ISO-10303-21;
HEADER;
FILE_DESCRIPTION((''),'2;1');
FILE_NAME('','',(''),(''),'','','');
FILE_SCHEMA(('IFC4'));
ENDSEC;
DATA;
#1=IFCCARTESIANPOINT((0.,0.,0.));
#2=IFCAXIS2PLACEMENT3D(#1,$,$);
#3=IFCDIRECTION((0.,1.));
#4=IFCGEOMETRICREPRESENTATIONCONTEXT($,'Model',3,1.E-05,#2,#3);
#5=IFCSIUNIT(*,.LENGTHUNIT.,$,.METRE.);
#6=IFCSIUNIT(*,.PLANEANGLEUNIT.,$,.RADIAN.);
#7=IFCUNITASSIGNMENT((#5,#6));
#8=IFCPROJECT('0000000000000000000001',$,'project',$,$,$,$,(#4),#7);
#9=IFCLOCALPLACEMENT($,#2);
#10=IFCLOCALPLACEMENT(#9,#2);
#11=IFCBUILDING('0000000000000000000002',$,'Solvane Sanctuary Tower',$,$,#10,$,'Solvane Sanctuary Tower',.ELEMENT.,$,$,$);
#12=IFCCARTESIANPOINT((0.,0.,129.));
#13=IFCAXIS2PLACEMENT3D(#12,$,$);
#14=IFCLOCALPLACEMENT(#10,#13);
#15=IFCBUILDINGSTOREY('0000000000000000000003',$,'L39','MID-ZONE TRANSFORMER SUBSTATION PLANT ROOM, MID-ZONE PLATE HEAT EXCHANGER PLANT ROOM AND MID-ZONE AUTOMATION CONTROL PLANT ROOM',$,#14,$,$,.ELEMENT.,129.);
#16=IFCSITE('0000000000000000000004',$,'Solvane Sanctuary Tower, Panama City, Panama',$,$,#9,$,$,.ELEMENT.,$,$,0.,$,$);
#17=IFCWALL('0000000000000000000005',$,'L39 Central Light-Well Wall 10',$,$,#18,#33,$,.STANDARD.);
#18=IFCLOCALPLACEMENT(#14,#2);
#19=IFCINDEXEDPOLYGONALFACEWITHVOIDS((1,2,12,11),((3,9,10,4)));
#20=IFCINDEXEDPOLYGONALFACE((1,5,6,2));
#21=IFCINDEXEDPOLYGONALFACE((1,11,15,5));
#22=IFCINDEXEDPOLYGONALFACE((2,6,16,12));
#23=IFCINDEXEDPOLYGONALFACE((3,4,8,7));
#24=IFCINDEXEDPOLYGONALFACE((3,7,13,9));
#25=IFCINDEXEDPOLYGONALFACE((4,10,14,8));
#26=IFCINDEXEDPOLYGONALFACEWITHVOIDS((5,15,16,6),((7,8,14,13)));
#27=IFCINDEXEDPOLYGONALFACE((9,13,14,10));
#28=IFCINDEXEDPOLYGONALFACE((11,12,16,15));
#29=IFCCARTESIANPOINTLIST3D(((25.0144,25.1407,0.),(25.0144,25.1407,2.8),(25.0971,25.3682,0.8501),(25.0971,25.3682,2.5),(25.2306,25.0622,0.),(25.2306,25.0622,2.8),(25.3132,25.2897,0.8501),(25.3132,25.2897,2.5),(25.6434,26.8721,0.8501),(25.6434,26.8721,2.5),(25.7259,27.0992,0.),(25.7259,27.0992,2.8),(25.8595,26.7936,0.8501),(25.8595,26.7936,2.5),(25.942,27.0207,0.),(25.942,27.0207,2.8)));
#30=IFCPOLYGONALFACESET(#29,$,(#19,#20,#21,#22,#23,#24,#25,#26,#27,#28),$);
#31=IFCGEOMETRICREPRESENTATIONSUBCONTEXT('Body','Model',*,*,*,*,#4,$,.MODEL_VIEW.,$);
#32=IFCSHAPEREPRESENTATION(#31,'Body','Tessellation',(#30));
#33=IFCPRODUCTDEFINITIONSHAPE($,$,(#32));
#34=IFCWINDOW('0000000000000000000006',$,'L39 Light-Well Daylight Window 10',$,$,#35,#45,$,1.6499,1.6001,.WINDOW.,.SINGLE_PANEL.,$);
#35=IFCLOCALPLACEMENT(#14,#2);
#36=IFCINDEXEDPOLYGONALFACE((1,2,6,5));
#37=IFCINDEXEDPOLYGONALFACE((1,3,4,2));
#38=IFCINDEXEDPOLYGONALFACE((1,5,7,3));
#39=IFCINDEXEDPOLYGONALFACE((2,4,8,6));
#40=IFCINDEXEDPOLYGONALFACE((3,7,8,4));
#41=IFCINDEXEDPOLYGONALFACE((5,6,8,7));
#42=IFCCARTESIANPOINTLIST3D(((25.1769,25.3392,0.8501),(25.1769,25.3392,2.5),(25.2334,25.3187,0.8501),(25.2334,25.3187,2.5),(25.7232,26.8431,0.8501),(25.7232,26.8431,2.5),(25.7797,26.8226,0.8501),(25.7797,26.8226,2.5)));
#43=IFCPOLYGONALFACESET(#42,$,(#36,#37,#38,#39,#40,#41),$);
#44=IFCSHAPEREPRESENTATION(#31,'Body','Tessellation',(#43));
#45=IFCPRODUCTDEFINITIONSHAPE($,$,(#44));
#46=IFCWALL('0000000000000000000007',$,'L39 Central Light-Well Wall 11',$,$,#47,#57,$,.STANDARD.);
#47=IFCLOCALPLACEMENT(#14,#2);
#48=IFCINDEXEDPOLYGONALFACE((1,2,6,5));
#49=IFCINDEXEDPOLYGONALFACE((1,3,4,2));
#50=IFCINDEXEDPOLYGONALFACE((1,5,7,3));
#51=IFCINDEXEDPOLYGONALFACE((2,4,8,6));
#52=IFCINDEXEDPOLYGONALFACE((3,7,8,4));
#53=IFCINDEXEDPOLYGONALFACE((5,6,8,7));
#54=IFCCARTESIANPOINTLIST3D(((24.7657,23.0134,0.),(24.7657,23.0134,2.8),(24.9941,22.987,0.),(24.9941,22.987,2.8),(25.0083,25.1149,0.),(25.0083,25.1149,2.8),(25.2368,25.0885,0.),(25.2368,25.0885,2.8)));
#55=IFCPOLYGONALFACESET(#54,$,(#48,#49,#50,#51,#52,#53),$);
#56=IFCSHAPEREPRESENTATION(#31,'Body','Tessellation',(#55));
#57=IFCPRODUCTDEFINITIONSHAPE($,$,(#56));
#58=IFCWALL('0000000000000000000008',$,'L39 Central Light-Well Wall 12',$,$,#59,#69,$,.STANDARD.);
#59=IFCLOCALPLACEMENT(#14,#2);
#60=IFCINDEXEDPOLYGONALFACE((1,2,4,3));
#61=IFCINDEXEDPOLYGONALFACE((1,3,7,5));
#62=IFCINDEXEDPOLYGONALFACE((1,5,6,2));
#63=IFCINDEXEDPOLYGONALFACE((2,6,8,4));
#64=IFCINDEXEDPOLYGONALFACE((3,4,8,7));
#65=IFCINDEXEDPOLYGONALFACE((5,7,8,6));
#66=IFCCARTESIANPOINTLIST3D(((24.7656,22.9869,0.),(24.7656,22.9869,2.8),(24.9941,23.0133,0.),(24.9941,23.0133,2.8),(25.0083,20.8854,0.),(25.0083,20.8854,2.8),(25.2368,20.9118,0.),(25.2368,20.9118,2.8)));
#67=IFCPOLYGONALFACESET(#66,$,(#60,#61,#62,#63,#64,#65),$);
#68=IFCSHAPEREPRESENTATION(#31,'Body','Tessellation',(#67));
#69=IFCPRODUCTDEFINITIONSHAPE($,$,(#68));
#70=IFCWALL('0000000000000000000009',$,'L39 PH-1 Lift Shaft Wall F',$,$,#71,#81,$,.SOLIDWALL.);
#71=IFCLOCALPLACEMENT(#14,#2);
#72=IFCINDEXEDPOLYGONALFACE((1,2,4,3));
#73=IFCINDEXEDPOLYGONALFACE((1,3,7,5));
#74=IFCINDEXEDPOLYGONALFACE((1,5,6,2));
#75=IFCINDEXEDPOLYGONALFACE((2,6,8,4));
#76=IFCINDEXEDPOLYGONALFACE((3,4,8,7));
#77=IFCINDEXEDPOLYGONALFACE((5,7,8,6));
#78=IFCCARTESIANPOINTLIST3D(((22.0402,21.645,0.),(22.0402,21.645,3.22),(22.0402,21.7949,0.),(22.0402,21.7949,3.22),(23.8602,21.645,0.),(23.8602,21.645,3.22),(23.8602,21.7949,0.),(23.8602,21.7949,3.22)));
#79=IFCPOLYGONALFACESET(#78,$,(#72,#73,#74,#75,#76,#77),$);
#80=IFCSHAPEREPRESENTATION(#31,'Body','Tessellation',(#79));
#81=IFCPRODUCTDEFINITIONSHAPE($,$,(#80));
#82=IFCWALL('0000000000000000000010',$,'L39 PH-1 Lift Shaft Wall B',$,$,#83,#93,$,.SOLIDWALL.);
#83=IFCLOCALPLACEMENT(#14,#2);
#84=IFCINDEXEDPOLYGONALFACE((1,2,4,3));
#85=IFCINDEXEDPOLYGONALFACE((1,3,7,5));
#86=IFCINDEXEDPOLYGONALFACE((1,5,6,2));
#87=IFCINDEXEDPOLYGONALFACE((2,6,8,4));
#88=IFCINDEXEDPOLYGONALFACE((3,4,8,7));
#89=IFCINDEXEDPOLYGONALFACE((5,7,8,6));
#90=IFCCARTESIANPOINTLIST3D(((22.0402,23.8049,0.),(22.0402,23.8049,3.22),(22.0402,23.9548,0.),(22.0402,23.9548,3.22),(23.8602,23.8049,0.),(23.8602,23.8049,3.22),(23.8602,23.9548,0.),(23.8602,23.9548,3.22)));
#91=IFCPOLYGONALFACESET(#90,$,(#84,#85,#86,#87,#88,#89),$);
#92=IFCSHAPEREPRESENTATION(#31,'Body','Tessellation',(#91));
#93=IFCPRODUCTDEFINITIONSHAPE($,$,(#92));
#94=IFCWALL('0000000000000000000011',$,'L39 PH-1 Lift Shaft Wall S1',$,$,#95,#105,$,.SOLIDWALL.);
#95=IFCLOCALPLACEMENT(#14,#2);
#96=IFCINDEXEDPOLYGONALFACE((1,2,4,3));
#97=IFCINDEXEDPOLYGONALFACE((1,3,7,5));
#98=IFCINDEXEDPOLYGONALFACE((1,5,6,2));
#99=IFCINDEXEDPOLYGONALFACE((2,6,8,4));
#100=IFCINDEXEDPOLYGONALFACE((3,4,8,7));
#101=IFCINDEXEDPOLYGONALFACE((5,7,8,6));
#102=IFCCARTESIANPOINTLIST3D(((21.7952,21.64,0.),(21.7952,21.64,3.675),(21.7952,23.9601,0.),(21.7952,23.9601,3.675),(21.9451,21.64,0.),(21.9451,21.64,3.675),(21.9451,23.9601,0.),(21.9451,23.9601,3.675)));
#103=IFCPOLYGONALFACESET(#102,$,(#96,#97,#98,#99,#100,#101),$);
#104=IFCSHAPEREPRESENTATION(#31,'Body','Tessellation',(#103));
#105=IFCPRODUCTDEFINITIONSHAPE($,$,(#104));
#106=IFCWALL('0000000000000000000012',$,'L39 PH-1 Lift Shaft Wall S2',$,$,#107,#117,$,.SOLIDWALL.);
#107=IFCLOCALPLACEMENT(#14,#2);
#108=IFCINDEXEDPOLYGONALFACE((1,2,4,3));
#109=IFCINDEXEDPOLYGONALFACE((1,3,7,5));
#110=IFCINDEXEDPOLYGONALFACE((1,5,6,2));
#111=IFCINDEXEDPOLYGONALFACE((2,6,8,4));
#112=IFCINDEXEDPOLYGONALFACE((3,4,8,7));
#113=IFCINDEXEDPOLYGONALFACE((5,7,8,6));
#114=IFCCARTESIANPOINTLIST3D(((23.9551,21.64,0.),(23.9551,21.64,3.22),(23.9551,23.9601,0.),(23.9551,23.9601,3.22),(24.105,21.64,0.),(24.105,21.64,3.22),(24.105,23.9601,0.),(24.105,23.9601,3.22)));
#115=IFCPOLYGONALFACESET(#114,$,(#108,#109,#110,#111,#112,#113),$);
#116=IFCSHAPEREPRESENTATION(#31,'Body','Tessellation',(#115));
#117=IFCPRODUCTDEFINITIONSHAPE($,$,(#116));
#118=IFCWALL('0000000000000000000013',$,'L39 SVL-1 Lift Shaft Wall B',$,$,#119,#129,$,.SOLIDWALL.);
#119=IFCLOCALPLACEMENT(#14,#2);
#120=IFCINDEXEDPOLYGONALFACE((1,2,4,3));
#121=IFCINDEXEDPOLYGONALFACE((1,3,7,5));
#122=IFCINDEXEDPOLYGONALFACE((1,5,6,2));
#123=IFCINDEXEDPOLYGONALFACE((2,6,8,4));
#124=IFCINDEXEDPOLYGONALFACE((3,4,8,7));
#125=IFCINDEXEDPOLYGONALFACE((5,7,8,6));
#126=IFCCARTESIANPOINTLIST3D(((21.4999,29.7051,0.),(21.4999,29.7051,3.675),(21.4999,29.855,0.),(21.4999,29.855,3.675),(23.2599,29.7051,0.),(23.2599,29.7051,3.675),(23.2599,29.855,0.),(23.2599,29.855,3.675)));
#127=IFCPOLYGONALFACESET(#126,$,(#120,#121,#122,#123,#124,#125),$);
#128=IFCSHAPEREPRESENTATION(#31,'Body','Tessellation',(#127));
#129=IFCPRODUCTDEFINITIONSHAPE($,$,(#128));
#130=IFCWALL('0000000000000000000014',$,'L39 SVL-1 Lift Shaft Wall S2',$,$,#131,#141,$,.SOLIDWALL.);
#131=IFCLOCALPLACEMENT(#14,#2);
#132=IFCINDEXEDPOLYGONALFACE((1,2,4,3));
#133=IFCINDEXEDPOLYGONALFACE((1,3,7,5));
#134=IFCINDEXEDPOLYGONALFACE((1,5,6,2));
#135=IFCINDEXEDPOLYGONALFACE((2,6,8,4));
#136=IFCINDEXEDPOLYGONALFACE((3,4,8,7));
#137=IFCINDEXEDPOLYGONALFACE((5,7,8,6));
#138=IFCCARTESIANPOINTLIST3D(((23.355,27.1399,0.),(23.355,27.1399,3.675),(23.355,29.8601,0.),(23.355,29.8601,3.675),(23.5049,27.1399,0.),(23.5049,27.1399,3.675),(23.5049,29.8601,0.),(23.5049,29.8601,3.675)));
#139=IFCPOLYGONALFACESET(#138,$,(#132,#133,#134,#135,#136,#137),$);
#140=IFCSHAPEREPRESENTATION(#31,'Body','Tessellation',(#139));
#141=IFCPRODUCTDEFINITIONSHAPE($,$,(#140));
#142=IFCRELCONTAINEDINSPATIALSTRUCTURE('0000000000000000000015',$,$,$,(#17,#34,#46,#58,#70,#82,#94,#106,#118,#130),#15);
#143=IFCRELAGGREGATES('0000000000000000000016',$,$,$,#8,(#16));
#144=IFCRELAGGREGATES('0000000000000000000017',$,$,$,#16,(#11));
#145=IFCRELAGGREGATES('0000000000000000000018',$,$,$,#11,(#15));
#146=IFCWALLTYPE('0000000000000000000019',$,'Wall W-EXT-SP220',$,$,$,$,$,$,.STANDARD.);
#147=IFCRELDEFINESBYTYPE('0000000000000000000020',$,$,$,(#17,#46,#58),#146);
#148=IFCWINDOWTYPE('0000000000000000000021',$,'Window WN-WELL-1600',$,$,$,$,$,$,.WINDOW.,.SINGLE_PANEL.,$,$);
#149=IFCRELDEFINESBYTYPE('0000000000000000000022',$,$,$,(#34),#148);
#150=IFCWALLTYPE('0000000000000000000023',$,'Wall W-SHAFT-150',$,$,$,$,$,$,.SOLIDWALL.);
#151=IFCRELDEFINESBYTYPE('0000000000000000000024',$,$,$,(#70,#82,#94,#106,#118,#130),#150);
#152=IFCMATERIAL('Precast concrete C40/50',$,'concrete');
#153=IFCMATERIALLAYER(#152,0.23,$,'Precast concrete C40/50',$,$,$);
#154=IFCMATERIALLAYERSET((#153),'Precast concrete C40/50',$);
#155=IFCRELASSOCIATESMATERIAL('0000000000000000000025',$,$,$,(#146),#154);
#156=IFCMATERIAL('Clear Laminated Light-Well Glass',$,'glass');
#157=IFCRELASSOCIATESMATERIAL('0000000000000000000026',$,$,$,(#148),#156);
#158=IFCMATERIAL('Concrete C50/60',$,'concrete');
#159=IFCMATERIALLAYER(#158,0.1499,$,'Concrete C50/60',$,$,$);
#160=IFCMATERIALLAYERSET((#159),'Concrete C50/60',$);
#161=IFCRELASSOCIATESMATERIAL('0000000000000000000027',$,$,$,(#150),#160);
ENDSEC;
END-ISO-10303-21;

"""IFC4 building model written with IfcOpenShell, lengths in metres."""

from ifc_helpers import new_model, si_unit, direction, frame, frame_2d, origin, place, context, subcontext, project, spatial, rectangle, extrude, material, layer, layer_set, type_object, element, fill, save


model = new_model("IFC4")

# Units and contexts
model_context = context("Model", 3, precision=1e-05, world=origin(), true_north=direction((0.0, 1.0)))
body_context = subcontext(model_context, "Body", "Model", "MODEL_VIEW")
ifc_project = project(units=[si_unit("LENGTHUNIT", "METRE"), si_unit("PLANEANGLEUNIT", "RADIAN")], contexts=[model_context])

# Site, building, storey
site_placement = place(None, origin())
site = spatial("IfcSite", under=ifc_project, at=site_placement, Name="Solvane Sanctuary Tower, Panama City, Panama", CompositionType="ELEMENT", RefElevation=0.0)
building_placement = place(site_placement, origin())
building = spatial("IfcBuilding", under=site, at=building_placement, Name="Solvane Sanctuary Tower", LongName="Solvane Sanctuary Tower", CompositionType="ELEMENT")
storey_placement = place(building_placement, frame((0.0, 0.0, 129.0)))
storey = spatial("IfcBuildingStorey", under=building, at=storey_placement, Name="L39", Description="MID-ZONE TRANSFORMER SUBSTATION PLANT ROOM, MID-ZONE PLATE HEAT EXCHANGER PLANT ROOM AND MID-ZONE AUTOMATION CONTROL PLANT ROOM", CompositionType="ELEMENT", Elevation=129.0)

# Shared definitions
ifc_material_1 = material(Name="Concrete C50/60", Category="concrete")

# Shared definitions
ifc_material_2 = material(Name="Precast concrete C40/50", Category="concrete")
ifc_layer_1 = layer(ifc_material_2, 0.23, Name="Precast concrete C40/50")
ifc_layer_set_1 = layer_set([ifc_layer_1], Name="Precast concrete C40/50")
wall_type_1 = type_object("IfcWallType", Name="Wall W-EXT-SP220", PredefinedType="STANDARD", material=ifc_layer_set_1)

# Wall, opening, window
wall_1_placement = place(storey_placement, frame((25.834, 27.0601, 0.0), z_axis=(0.0, 0.0, 1.0), x_axis=(-0.341423, -0.93991, 0.0)))
wall_1 = element("IfcWall", 1, at=wall_1_placement, inside=storey, type_object=wall_type_1, Name="L39 Central Light-Well Wall 10", PredefinedType="STANDARD", context=body_context, shape_type="SweptSolid", body=[
    extrude(rectangle(XDim=2.0837, YDim=0.23, at=frame_2d((1.042, 0.0))), origin(), (0.0, 0.0, 1.0), 2.8),
])
opening_1_placement = place(wall_1_placement, frame((0.2417, 0.0, 0.8501)))
opening_1 = element("IfcOpeningElement", 2, at=opening_1_placement, cuts=wall_1, PredefinedType="OPENING", context=body_context, shape_type="SweptSolid", body=[
    extrude(rectangle(XDim=1.6001, YDim=1.6499, at=frame_2d((0.8, 0.825))), frame((0.0, 0.125, 0.0), z_axis=(0.0, -1.0, 0.0), x_axis=(1.0, 0.0, 0.0)), (0.0, 0.0, 1.0), 0.25),
])
ifc_material_3 = material(Name="Clear Laminated Light-Well Glass", Category="glass")
window_type = type_object("IfcWindowType", Name="Window WN-WELL-1600", PartitioningType="SINGLE_PANEL", PredefinedType="WINDOW", material=ifc_material_3)
window_placement = place(opening_1_placement, origin())
window = element("IfcWindow", 3, at=window_placement, inside=storey, type_object=window_type, Name="L39 Light-Well Daylight Window 10", OverallHeight=1.6499, OverallWidth=1.6001, PartitioningType="SINGLE_PANEL", PredefinedType="WINDOW", context=body_context, shape_type="SweptSolid", body=[
    extrude(rectangle(XDim=1.6001, YDim=1.6499, at=frame_2d((0.8, 0.825))), frame((0.0, 0.03, 0.0), z_axis=(0.0, -1.0, 0.0), x_axis=(1.0, 0.0, 0.0)), (0.0, 0.0, 1.0), 0.0601),
])
fill(opening_1, window)

# Walls
for number, where, z_axis, x_axis, name in (
    (4, (25.1226, 25.1016, 0.0), (0.0, 0.0, 1.0), (-0.114712, -0.993399, 0.0), "L39 Central Light-Well Wall 11"),
    (5, (24.8799, 23.0, 0.0), (0.0, 0.0, 1.0), (0.114712, -0.993399, 0.0), "L39 Central Light-Well Wall 12"),
):
    element("IfcWall", number, at=place(storey_placement, frame(where, z_axis=z_axis, x_axis=x_axis)), inside=storey, type_object=wall_type_1, Name=name, PredefinedType="STANDARD", context=body_context, shape_type="SweptSolid", body=[
        extrude(rectangle(XDim=2.1155, YDim=0.23, at=frame_2d((1.0576, 0.0))), origin(), (0.0, 0.0, 1.0), 2.8),
    ])
ifc_layer_2 = layer(ifc_material_1, 0.1499, Name="Concrete C50/60")
ifc_layer_set_2 = layer_set([ifc_layer_2], Name="Concrete C50/60")
wall_type_2 = type_object("IfcWallType", Name="Wall W-SHAFT-150", PredefinedType="SOLIDWALL", material=ifc_layer_set_2)
for number, where, z_axis, x_axis, name in (
    (6, (22.04, 21.72, 0.0), (0.0, 0.0, 1.0), (1.0, 0.0, 0.0), "L39 PH-1 Lift Shaft Wall F"),
    (7, (22.04, 23.8799, 0.0), (0.0, 0.0, 1.0), (1.0, 0.0, 0.0), "L39 PH-1 Lift Shaft Wall B"),
):
    element("IfcWall", number, at=place(storey_placement, frame(where, z_axis=z_axis, x_axis=x_axis)), inside=storey, type_object=wall_type_2, Name=name, PredefinedType="SOLIDWALL", context=body_context, shape_type="SweptSolid", body=[
        extrude(rectangle(XDim=1.8201, YDim=0.1499, at=frame_2d((0.9102, 0.0))), origin(), (0.0, 0.0, 1.0), 3.22),
    ])
wall_2_placement = place(storey_placement, frame((21.8701, 21.6399, 0.0), z_axis=(0.0, 0.0, 1.0), x_axis=(0.0, 1.0, 0.0)))
element("IfcWall", 8, at=wall_2_placement, inside=storey, type_object=wall_type_2, Name="L39 PH-1 Lift Shaft Wall S1", PredefinedType="SOLIDWALL", context=body_context, shape_type="SweptSolid", body=[
    extrude(rectangle(XDim=2.3201, YDim=0.1499, at=frame_2d((1.1602, 0.0))), origin(), (0.0, 0.0, 1.0), 3.675),
])
wall_3_placement = place(storey_placement, frame((24.03, 21.6399, 0.0), z_axis=(0.0, 0.0, 1.0), x_axis=(0.0, 1.0, 0.0)))
element("IfcWall", 9, at=wall_3_placement, inside=storey, type_object=wall_type_2, Name="L39 PH-1 Lift Shaft Wall S2", PredefinedType="SOLIDWALL", context=body_context, shape_type="SweptSolid", body=[
    extrude(rectangle(XDim=2.3201, YDim=0.1499, at=frame_2d((1.1602, 0.0))), origin(), (0.0, 0.0, 1.0), 3.22),
])
wall_4_placement = place(storey_placement, frame((21.5, 29.78, 0.0), z_axis=(0.0, 0.0, 1.0), x_axis=(1.0, 0.0, 0.0)))
element("IfcWall", 10, at=wall_4_placement, inside=storey, type_object=wall_type_2, Name="L39 SVL-1 Lift Shaft Wall B", PredefinedType="SOLIDWALL", context=body_context, shape_type="SweptSolid", body=[
    extrude(rectangle(XDim=1.76, YDim=0.1499, at=frame_2d((0.8799, 0.0))), origin(), (0.0, 0.0, 1.0), 3.675),
])
wall_5_placement = place(storey_placement, frame((23.4299, 27.1399, 0.0), z_axis=(0.0, 0.0, 1.0), x_axis=(0.0, 1.0, 0.0)))
element("IfcWall", 11, at=wall_5_placement, inside=storey, type_object=wall_type_2, Name="L39 SVL-1 Lift Shaft Wall S2", PredefinedType="SOLIDWALL", context=body_context, shape_type="SweptSolid", body=[
    extrude(rectangle(XDim=2.7202, YDim=0.1499, at=frame_2d((1.3601, 0.0))), origin(), (0.0, 0.0, 1.0), 3.675),
])

save(model, "model.ifc")
